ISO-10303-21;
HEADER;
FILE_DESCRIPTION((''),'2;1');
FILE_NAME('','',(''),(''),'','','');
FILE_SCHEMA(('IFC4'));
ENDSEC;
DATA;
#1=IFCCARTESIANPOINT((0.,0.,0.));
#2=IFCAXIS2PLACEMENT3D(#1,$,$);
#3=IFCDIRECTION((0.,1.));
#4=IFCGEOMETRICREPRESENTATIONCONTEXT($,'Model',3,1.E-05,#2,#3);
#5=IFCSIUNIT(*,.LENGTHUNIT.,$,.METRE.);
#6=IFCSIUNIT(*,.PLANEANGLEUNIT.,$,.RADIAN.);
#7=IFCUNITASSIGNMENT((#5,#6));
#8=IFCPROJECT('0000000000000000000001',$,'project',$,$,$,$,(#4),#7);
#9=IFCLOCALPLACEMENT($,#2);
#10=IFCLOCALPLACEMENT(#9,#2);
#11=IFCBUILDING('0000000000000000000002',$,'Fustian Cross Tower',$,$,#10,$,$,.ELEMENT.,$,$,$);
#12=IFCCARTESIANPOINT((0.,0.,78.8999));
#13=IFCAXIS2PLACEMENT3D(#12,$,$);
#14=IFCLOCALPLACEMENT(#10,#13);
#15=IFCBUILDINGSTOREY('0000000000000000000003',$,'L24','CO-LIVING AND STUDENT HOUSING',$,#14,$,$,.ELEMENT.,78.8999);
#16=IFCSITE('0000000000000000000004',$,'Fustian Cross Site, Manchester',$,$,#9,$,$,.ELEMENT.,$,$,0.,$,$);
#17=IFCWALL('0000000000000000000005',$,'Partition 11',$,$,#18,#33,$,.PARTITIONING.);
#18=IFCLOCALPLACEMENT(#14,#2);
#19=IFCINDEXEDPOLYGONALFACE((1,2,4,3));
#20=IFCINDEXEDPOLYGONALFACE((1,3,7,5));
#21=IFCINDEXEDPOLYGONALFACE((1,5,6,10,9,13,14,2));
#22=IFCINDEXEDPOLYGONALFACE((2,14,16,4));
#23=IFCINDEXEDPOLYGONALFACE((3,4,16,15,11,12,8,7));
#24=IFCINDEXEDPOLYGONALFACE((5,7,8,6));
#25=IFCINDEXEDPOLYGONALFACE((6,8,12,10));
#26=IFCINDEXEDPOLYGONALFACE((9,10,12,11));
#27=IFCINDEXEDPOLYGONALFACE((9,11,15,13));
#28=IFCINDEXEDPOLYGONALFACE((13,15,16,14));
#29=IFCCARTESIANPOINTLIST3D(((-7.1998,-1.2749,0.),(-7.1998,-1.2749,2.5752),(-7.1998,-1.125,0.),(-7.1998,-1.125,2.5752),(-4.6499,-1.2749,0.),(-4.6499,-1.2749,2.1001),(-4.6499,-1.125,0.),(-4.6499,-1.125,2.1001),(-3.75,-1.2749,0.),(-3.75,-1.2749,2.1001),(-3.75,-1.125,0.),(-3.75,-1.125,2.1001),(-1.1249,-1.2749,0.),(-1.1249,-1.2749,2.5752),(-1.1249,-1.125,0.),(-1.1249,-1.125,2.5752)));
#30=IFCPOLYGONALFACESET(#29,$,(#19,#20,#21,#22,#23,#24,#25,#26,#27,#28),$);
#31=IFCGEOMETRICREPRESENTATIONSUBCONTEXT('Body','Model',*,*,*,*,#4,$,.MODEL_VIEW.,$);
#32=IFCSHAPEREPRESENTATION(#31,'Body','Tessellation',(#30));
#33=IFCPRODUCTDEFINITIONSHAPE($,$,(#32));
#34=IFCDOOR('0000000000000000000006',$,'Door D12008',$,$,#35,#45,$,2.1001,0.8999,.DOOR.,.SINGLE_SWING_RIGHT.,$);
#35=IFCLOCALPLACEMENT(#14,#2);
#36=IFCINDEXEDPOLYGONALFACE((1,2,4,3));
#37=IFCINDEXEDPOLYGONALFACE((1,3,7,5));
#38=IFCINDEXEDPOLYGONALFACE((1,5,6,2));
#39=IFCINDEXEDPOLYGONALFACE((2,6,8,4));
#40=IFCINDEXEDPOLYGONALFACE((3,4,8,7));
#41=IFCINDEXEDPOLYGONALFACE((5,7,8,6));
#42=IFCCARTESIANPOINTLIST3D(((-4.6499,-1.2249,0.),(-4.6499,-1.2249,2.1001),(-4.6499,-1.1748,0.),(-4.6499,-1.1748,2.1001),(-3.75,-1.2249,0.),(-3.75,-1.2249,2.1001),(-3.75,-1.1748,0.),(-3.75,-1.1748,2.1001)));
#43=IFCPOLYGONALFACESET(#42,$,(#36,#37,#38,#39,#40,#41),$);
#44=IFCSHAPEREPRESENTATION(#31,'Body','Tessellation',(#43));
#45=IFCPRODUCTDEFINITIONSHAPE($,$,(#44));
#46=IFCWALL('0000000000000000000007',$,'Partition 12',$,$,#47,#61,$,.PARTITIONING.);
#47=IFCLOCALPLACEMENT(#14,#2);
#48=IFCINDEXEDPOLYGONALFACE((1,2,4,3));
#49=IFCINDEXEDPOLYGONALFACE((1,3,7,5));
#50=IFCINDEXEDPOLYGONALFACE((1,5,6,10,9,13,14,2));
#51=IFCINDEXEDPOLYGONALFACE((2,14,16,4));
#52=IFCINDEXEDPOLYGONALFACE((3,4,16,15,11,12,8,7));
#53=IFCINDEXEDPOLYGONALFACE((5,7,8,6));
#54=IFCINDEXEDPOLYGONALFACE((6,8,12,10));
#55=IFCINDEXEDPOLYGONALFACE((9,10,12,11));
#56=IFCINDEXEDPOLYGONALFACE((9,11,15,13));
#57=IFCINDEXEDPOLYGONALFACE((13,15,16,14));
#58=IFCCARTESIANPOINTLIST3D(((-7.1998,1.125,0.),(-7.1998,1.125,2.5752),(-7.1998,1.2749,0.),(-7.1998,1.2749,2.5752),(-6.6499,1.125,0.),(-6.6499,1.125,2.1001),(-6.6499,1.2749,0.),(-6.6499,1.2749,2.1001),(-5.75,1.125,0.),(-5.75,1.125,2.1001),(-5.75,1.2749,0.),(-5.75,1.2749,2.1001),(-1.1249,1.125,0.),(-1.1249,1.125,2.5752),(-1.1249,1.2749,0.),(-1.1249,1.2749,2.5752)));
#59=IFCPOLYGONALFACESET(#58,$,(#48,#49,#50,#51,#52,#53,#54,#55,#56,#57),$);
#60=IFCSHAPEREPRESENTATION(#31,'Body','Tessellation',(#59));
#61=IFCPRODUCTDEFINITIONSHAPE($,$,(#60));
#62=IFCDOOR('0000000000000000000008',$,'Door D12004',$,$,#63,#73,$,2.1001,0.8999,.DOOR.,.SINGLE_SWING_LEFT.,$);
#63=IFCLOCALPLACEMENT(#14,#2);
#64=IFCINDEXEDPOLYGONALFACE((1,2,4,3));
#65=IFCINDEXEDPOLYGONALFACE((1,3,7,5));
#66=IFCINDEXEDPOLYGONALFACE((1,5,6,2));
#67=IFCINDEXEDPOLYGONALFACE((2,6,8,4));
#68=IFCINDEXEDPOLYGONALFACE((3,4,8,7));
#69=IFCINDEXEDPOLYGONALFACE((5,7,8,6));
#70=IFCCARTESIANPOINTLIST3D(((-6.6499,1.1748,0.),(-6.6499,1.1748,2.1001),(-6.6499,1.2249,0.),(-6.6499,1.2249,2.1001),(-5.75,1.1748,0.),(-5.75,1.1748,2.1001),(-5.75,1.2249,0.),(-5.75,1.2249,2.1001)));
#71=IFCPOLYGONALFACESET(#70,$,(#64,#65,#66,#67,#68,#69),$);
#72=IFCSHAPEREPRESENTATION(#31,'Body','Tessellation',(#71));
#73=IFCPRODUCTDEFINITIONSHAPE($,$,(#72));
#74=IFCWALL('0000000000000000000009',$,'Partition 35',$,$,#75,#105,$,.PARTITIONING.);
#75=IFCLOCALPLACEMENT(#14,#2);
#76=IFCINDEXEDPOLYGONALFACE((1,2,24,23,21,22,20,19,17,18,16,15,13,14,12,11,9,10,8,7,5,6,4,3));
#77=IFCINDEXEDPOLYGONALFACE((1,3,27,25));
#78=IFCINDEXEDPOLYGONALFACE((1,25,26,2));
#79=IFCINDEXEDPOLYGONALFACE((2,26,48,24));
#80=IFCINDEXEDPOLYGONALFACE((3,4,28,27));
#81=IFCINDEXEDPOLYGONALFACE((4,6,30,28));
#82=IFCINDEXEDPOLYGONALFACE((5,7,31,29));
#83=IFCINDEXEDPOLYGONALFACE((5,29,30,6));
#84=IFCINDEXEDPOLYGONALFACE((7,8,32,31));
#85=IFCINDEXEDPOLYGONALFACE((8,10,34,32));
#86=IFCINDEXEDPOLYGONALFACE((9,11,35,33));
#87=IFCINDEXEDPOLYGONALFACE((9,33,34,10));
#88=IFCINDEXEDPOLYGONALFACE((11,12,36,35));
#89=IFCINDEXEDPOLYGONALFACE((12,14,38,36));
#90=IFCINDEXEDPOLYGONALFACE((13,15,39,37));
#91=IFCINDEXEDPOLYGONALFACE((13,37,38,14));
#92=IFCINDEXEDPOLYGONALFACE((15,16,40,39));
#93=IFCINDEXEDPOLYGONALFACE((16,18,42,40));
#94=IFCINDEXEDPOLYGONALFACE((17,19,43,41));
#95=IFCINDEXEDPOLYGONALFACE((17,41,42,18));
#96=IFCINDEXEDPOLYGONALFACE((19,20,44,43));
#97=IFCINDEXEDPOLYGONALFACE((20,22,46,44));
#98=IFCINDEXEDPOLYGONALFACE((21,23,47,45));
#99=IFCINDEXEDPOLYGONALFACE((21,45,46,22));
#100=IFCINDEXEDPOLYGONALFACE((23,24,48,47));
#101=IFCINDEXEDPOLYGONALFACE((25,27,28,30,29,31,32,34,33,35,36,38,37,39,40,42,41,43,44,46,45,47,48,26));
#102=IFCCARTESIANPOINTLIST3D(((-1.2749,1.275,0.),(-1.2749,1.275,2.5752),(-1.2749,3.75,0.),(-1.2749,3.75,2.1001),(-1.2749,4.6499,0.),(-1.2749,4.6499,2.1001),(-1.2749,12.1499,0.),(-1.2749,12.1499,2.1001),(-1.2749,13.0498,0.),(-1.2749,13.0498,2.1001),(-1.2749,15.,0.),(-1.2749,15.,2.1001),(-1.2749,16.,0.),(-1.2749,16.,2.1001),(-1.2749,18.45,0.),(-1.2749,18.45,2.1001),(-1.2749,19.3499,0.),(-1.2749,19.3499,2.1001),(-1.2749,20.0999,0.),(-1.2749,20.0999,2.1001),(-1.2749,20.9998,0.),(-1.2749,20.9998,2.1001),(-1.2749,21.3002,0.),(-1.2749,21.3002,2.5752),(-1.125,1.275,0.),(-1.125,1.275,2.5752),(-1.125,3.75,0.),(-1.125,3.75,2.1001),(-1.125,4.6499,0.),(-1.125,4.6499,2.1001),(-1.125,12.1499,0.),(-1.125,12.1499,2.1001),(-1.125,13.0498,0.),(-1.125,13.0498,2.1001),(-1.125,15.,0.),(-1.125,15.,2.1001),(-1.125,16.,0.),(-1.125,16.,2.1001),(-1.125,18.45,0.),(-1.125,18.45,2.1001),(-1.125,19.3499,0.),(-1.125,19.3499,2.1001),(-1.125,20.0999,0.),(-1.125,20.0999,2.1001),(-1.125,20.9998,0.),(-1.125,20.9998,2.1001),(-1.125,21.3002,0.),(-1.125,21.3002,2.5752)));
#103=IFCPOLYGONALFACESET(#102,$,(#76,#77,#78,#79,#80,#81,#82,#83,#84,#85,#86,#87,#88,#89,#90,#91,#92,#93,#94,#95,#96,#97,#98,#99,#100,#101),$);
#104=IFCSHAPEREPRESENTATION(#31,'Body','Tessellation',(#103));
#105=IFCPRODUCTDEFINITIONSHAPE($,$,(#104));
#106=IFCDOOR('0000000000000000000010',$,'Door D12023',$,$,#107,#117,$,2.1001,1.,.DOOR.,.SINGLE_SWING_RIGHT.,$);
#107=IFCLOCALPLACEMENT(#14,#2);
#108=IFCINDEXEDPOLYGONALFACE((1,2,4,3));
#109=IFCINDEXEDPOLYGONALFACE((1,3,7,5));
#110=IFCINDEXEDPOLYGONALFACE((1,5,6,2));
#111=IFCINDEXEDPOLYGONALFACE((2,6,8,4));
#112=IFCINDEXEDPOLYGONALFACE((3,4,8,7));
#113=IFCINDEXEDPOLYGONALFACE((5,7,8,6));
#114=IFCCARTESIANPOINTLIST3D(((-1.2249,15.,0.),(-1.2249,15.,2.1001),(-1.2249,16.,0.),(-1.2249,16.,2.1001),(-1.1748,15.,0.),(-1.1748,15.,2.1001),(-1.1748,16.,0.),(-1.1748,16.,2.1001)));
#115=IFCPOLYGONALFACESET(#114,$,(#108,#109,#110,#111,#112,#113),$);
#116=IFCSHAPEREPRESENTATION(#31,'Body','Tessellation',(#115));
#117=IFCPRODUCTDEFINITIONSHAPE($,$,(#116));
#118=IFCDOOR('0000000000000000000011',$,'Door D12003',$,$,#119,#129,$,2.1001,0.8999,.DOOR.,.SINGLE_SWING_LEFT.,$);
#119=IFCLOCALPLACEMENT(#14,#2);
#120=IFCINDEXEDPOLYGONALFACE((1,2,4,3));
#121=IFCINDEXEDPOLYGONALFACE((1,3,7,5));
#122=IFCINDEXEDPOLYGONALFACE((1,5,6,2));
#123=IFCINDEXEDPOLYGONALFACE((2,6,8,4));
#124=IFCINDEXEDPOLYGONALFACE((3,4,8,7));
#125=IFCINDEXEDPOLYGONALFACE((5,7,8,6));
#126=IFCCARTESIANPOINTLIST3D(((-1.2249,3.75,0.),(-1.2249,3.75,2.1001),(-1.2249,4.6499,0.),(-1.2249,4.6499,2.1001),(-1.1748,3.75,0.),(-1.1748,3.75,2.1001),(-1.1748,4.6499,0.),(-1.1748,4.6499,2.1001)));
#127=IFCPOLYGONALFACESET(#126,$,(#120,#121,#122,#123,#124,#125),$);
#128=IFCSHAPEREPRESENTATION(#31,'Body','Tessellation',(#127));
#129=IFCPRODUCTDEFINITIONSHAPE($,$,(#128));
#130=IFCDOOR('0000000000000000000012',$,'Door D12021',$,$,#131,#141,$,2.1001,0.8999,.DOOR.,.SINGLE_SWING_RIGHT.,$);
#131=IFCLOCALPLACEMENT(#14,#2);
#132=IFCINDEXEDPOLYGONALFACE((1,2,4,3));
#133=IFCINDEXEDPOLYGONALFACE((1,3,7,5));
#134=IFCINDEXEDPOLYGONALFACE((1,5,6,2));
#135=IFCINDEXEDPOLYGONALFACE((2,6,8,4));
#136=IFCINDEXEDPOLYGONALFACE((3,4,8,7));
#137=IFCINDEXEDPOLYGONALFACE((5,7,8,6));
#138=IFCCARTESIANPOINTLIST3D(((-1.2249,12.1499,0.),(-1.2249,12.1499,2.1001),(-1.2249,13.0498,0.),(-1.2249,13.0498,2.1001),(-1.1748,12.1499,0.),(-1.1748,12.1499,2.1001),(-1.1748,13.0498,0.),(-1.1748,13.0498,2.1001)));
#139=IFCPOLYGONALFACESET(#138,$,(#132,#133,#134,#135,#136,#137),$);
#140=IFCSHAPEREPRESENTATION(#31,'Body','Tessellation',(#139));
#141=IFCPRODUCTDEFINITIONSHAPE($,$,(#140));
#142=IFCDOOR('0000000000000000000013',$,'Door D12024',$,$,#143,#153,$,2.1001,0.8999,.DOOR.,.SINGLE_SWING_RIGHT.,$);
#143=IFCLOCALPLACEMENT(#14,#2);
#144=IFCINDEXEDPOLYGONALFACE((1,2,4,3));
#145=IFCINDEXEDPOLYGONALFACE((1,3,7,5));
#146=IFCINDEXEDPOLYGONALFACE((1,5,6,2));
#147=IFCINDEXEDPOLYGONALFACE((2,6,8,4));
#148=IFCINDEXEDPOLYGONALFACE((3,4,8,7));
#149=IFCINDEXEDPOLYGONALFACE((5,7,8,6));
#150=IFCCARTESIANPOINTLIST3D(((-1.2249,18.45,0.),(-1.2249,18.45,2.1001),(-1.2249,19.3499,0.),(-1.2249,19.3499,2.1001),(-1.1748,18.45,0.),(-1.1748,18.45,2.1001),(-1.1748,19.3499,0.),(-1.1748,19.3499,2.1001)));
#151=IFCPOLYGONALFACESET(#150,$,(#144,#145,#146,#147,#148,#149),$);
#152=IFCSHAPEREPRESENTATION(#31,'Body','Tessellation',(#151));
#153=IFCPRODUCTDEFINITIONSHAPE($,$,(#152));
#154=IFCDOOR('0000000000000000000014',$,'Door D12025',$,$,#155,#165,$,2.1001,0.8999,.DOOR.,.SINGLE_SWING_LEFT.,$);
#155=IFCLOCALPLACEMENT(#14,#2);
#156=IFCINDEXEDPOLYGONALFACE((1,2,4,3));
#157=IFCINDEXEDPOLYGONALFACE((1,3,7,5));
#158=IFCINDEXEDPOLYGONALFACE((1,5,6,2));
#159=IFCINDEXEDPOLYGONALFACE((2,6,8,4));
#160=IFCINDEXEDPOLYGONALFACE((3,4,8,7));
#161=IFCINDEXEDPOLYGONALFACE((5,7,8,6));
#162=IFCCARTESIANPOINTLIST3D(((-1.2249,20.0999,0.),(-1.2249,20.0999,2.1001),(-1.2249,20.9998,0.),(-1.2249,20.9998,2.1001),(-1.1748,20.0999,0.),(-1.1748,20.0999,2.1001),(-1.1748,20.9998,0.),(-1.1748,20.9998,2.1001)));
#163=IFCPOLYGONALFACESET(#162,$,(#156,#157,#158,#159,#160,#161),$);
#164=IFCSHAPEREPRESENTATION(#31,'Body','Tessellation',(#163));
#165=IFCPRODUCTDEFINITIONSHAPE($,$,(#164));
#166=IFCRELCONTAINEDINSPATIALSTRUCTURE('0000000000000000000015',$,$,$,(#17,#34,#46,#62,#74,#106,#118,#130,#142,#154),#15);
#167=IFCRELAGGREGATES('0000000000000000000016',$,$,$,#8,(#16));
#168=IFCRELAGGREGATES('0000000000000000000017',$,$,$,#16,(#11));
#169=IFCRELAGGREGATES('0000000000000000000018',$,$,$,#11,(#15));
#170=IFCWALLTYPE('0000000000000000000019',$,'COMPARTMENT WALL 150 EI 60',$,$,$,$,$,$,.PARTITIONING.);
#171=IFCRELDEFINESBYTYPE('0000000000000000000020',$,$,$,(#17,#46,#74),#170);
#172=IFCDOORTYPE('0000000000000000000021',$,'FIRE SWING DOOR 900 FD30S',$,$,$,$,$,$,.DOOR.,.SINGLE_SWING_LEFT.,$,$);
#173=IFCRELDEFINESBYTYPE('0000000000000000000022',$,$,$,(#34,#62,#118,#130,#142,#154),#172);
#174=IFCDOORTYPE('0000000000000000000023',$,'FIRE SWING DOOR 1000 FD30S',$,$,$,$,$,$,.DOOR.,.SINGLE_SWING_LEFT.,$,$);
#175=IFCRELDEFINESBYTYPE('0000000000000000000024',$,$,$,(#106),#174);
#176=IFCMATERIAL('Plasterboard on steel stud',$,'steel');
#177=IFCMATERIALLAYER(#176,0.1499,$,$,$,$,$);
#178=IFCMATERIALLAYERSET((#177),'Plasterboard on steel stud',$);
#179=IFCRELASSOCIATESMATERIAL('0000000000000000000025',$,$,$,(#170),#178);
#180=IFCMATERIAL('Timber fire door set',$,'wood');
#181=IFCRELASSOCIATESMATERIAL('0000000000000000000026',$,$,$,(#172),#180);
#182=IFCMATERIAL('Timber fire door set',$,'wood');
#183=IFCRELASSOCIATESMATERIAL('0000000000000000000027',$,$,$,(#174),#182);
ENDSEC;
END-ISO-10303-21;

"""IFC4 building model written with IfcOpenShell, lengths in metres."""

from ifc_helpers import new_model, si_unit, direction, frame, frame_2d, origin, place, context, subcontext, project, spatial, rectangle, extrude, material, layer, layer_set, type_object, element, fill, save


model = new_model("IFC4")

# Units and contexts
model_context = context("Model", 3, precision=1e-05, world=origin(), true_north=direction((0.0, 1.0)))
body_context = subcontext(model_context, "Body", "Model", "MODEL_VIEW")
ifc_project = project(units=[si_unit("LENGTHUNIT", "METRE"), si_unit("PLANEANGLEUNIT", "RADIAN")], contexts=[model_context])

# Site, building, storey
site_placement = place(None, origin())
site = spatial("IfcSite", under=ifc_project, at=site_placement, Name="Fustian Cross Site, Manchester", CompositionType="ELEMENT", RefElevation=0.0)
building_placement = place(site_placement, origin())
building = spatial("IfcBuilding", under=site, at=building_placement, Name="Fustian Cross Tower", CompositionType="ELEMENT")
storey_placement = place(building_placement, frame((0.0, 0.0, 78.8999)))
storey = spatial("IfcBuildingStorey", under=building, at=storey_placement, Name="L24", Description="CO-LIVING AND STUDENT HOUSING", CompositionType="ELEMENT", Elevation=78.8999)

# Walls, openings, doors
ifc_material_1 = material(Name="Plasterboard on steel stud", Category="steel")
ifc_layer_1 = layer(ifc_material_1, 0.1499)
ifc_layer_set_1 = layer_set([ifc_layer_1], Name="Plasterboard on steel stud")
wall_type_1 = type_object("IfcWallType", Name="COMPARTMENT WALL 150 EI 60", PredefinedType="PARTITIONING", material=ifc_layer_set_1)
wall_1_placement = place(storey_placement, frame((-7.2, -1.2, 0.0), z_axis=(0.0, 0.0, 1.0), x_axis=(1.0, 0.0, 0.0)))
wall_1 = element("IfcWall", 1, at=wall_1_placement, inside=storey, type_object=wall_type_1, Name="Partition 11", PredefinedType="PARTITIONING", context=body_context, shape_type="SweptSolid", body=[
    extrude(rectangle(XDim=6.075, YDim=0.1499, at=frame_2d((3.0376, 0.0))), origin(), (0.0, 0.0, 1.0), 2.5752),
])
opening_1_placement = place(wall_1_placement, frame((2.55, 0.0, 0.0)))
opening_1 = element("IfcOpeningElement", 2, at=opening_1_placement, cuts=wall_1, PredefinedType="OPENING", context=body_context, shape_type="SweptSolid", body=[
    extrude(rectangle(XDim=0.8999, YDim=2.1001, at=frame_2d((0.45, 1.05))), frame((0.0, 0.085, 0.0), z_axis=(0.0, -1.0, 0.0), x_axis=(1.0, 0.0, 0.0)), (0.0, 0.0, 1.0), 0.1699),
])
ifc_material_2 = material(Name="Timber fire door set", Category="wood")
door_type_1 = type_object("IfcDoorType", Name="FIRE SWING DOOR 900 FD30S", OperationType="SINGLE_SWING_LEFT", PredefinedType="DOOR", material=ifc_material_2)
door_1_placement = place(opening_1_placement, frame((0.8999, 0.0, 0.0), z_axis=(0.0, 0.0, 1.0), x_axis=(-1.0, 0.0, 0.0)))
door_1 = element("IfcDoor", 3, at=door_1_placement, inside=storey, type_object=door_type_1, Name="Door D12008", OperationType="SINGLE_SWING_RIGHT", OverallHeight=2.1001, OverallWidth=0.8999, PredefinedType="DOOR", context=body_context, shape_type="SweptSolid", body=[
    extrude(rectangle(XDim=0.8999, YDim=2.1001, at=frame_2d((0.45, 1.05))), frame((0.0, 0.0249, 0.0), z_axis=(0.0, -1.0, 0.0), x_axis=(1.0, 0.0, 0.0)), (0.0, 0.0, 1.0), 0.05),
])
fill(opening_1, door_1)
wall_2_placement = place(storey_placement, frame((-7.2, 1.2, 0.0), z_axis=(0.0, 0.0, 1.0), x_axis=(1.0, 0.0, 0.0)))
wall_2 = element("IfcWall", 4, at=wall_2_placement, inside=storey, type_object=wall_type_1, Name="Partition 12", PredefinedType="PARTITIONING", context=body_context, shape_type="SweptSolid", body=[
    extrude(rectangle(XDim=6.075, YDim=0.1499, at=frame_2d((3.0376, 0.0))), origin(), (0.0, 0.0, 1.0), 2.5752),
])
opening_2_placement = place(wall_2_placement, frame((0.55, 0.0, 0.0)))
opening_2 = element("IfcOpeningElement", 5, at=opening_2_placement, cuts=wall_2, PredefinedType="OPENING", context=body_context, shape_type="SweptSolid", body=[
    extrude(rectangle(XDim=0.8999, YDim=2.1001, at=frame_2d((0.45, 1.05))), frame((0.0, 0.085, 0.0), z_axis=(0.0, -1.0, 0.0), x_axis=(1.0, 0.0, 0.0)), (0.0, 0.0, 1.0), 0.1699),
])
door_2_placement = place(opening_2_placement, origin())
door_2 = element("IfcDoor", 6, at=door_2_placement, inside=storey, type_object=door_type_1, Name="Door D12004", OperationType="SINGLE_SWING_LEFT", OverallHeight=2.1001, OverallWidth=0.8999, PredefinedType="DOOR", context=body_context, shape_type="SweptSolid", body=[
    extrude(rectangle(XDim=0.8999, YDim=2.1001, at=frame_2d((0.45, 1.05))), frame((0.0, 0.0249, 0.0), z_axis=(0.0, -1.0, 0.0), x_axis=(1.0, 0.0, 0.0)), (0.0, 0.0, 1.0), 0.05),
])
fill(opening_2, door_2)

# Wall, openings, doors
wall_3_placement = place(storey_placement, frame((-1.2, 1.2749, 0.0), z_axis=(0.0, 0.0, 1.0), x_axis=(0.0, 1.0, 0.0)))
wall_3 = element("IfcWall", 7, at=wall_3_placement, inside=storey, type_object=wall_type_1, Name="Partition 35", PredefinedType="PARTITIONING", context=body_context, shape_type="SweptSolid", body=[
    extrude(rectangle(XDim=20.0251, YDim=0.1499, at=frame_2d((10.0127, 0.0))), origin(), (0.0, 0.0, 1.0), 2.5752),
])
opening_3_placement = place(wall_3_placement, frame((2.4751, 0.0, 0.0)))
opening_3 = element("IfcOpeningElement", 8, at=opening_3_placement, cuts=wall_3, PredefinedType="OPENING", context=body_context, shape_type="SweptSolid", body=[
    extrude(rectangle(XDim=0.8999, YDim=2.1001, at=frame_2d((0.45, 1.05))), frame((0.0, 0.085, 0.0), z_axis=(0.0, -1.0, 0.0), x_axis=(1.0, 0.0, 0.0)), (0.0, 0.0, 1.0), 0.1699),
])
opening_4_placement = place(wall_3_placement, frame((10.875, 0.0, 0.0)))
opening_4 = element("IfcOpeningElement", 9, at=opening_4_placement, cuts=wall_3, PredefinedType="OPENING", context=body_context, shape_type="SweptSolid", body=[
    extrude(rectangle(XDim=0.8999, YDim=2.1001, at=frame_2d((0.45, 1.05))), frame((0.0, 0.085, 0.0), z_axis=(0.0, -1.0, 0.0), x_axis=(1.0, 0.0, 0.0)), (0.0, 0.0, 1.0), 0.1699),
])
opening_5_placement = place(wall_3_placement, frame((13.7251, 0.0, 0.0)))
opening_5 = element("IfcOpeningElement", 10, at=opening_5_placement, cuts=wall_3, PredefinedType="OPENING", context=body_context, shape_type="SweptSolid", body=[
    extrude(rectangle(XDim=1.0, YDim=2.1001, at=frame_2d((0.5, 1.05))), frame((0.0, 0.085, 0.0), z_axis=(0.0, -1.0, 0.0), x_axis=(1.0, 0.0, 0.0)), (0.0, 0.0, 1.0), 0.1699),
])
opening_6_placement = place(wall_3_placement, frame((17.175, 0.0, 0.0)))
opening_6 = element("IfcOpeningElement", 11, at=opening_6_placement, cuts=wall_3, PredefinedType="OPENING", context=body_context, shape_type="SweptSolid", body=[
    extrude(rectangle(XDim=0.8999, YDim=2.1001, at=frame_2d((0.45, 1.05))), frame((0.0, 0.085, 0.0), z_axis=(0.0, -1.0, 0.0), x_axis=(1.0, 0.0, 0.0)), (0.0, 0.0, 1.0), 0.1699),
])
opening_7_placement = place(wall_3_placement, frame((18.825, 0.0, 0.0)))
opening_7 = element("IfcOpeningElement", 12, at=opening_7_placement, cuts=wall_3, PredefinedType="OPENING", context=body_context, shape_type="SweptSolid", body=[
    extrude(rectangle(XDim=0.8999, YDim=2.1001, at=frame_2d((0.45, 1.05))), frame((0.0, 0.085, 0.0), z_axis=(0.0, -1.0, 0.0), x_axis=(1.0, 0.0, 0.0)), (0.0, 0.0, 1.0), 0.1699),
])
ifc_material_3 = material(Name="Timber fire door set", Category="wood")
door_type_2 = type_object("IfcDoorType", Name="FIRE SWING DOOR 1000 FD30S", OperationType="SINGLE_SWING_LEFT", PredefinedType="DOOR", material=ifc_material_3)
door_3_placement = place(opening_5_placement, origin())
door_3 = element("IfcDoor", 13, at=door_3_placement, inside=storey, type_object=door_type_2, Name="Door D12023", OperationType="SINGLE_SWING_RIGHT", OverallHeight=2.1001, OverallWidth=1.0, PredefinedType="DOOR", context=body_context, shape_type="SweptSolid", body=[
    extrude(rectangle(XDim=1.0, YDim=2.1001, at=frame_2d((0.5, 1.05))), frame((0.0, 0.0249, 0.0), z_axis=(0.0, -1.0, 0.0), x_axis=(1.0, 0.0, 0.0)), (0.0, 0.0, 1.0), 0.05),
])
fill(opening_5, door_3)
door_4_placement = place(opening_3_placement, origin())
door_4 = element("IfcDoor", 14, at=door_4_placement, inside=storey, type_object=door_type_1, Name="Door D12003", OperationType="SINGLE_SWING_LEFT", OverallHeight=2.1001, OverallWidth=0.8999, PredefinedType="DOOR", context=body_context, shape_type="SweptSolid", body=[
    extrude(rectangle(XDim=0.8999, YDim=2.1001, at=frame_2d((0.45, 1.05))), frame((0.0, 0.0249, 0.0), z_axis=(0.0, -1.0, 0.0), x_axis=(1.0, 0.0, 0.0)), (0.0, 0.0, 1.0), 0.05),
])
fill(opening_3, door_4)
door_5_placement = place(opening_4_placement, origin())
door_5 = element("IfcDoor", 15, at=door_5_placement, inside=storey, type_object=door_type_1, Name="Door D12021", OperationType="SINGLE_SWING_RIGHT", OverallHeight=2.1001, OverallWidth=0.8999, PredefinedType="DOOR", context=body_context, shape_type="SweptSolid", body=[
    extrude(rectangle(XDim=0.8999, YDim=2.1001, at=frame_2d((0.45, 1.05))), frame((0.0, 0.0249, 0.0), z_axis=(0.0, -1.0, 0.0), x_axis=(1.0, 0.0, 0.0)), (0.0, 0.0, 1.0), 0.05),
])
fill(opening_4, door_5)
door_6_placement = place(opening_6_placement, origin())
door_6 = element("IfcDoor", 16, at=door_6_placement, inside=storey, type_object=door_type_1, Name="Door D12024", OperationType="SINGLE_SWING_RIGHT", OverallHeight=2.1001, OverallWidth=0.8999, PredefinedType="DOOR", context=body_context, shape_type="SweptSolid", body=[
    extrude(rectangle(XDim=0.8999, YDim=2.1001, at=frame_2d((0.45, 1.05))), frame((0.0, 0.0249, 0.0), z_axis=(0.0, -1.0, 0.0), x_axis=(1.0, 0.0, 0.0)), (0.0, 0.0, 1.0), 0.05),
])
fill(opening_6, door_6)
door_7_placement = place(opening_7_placement, origin())
door_7 = element("IfcDoor", 17, at=door_7_placement, inside=storey, type_object=door_type_1, Name="Door D12025", OperationType="SINGLE_SWING_LEFT", OverallHeight=2.1001, OverallWidth=0.8999, PredefinedType="DOOR", context=body_context, shape_type="SweptSolid", body=[
    extrude(rectangle(XDim=0.8999, YDim=2.1001, at=frame_2d((0.45, 1.05))), frame((0.0, 0.0249, 0.0), z_axis=(0.0, -1.0, 0.0), x_axis=(1.0, 0.0, 0.0)), (0.0, 0.0, 1.0), 0.05),
])
fill(opening_7, door_7)

save(model, "model.ifc")
